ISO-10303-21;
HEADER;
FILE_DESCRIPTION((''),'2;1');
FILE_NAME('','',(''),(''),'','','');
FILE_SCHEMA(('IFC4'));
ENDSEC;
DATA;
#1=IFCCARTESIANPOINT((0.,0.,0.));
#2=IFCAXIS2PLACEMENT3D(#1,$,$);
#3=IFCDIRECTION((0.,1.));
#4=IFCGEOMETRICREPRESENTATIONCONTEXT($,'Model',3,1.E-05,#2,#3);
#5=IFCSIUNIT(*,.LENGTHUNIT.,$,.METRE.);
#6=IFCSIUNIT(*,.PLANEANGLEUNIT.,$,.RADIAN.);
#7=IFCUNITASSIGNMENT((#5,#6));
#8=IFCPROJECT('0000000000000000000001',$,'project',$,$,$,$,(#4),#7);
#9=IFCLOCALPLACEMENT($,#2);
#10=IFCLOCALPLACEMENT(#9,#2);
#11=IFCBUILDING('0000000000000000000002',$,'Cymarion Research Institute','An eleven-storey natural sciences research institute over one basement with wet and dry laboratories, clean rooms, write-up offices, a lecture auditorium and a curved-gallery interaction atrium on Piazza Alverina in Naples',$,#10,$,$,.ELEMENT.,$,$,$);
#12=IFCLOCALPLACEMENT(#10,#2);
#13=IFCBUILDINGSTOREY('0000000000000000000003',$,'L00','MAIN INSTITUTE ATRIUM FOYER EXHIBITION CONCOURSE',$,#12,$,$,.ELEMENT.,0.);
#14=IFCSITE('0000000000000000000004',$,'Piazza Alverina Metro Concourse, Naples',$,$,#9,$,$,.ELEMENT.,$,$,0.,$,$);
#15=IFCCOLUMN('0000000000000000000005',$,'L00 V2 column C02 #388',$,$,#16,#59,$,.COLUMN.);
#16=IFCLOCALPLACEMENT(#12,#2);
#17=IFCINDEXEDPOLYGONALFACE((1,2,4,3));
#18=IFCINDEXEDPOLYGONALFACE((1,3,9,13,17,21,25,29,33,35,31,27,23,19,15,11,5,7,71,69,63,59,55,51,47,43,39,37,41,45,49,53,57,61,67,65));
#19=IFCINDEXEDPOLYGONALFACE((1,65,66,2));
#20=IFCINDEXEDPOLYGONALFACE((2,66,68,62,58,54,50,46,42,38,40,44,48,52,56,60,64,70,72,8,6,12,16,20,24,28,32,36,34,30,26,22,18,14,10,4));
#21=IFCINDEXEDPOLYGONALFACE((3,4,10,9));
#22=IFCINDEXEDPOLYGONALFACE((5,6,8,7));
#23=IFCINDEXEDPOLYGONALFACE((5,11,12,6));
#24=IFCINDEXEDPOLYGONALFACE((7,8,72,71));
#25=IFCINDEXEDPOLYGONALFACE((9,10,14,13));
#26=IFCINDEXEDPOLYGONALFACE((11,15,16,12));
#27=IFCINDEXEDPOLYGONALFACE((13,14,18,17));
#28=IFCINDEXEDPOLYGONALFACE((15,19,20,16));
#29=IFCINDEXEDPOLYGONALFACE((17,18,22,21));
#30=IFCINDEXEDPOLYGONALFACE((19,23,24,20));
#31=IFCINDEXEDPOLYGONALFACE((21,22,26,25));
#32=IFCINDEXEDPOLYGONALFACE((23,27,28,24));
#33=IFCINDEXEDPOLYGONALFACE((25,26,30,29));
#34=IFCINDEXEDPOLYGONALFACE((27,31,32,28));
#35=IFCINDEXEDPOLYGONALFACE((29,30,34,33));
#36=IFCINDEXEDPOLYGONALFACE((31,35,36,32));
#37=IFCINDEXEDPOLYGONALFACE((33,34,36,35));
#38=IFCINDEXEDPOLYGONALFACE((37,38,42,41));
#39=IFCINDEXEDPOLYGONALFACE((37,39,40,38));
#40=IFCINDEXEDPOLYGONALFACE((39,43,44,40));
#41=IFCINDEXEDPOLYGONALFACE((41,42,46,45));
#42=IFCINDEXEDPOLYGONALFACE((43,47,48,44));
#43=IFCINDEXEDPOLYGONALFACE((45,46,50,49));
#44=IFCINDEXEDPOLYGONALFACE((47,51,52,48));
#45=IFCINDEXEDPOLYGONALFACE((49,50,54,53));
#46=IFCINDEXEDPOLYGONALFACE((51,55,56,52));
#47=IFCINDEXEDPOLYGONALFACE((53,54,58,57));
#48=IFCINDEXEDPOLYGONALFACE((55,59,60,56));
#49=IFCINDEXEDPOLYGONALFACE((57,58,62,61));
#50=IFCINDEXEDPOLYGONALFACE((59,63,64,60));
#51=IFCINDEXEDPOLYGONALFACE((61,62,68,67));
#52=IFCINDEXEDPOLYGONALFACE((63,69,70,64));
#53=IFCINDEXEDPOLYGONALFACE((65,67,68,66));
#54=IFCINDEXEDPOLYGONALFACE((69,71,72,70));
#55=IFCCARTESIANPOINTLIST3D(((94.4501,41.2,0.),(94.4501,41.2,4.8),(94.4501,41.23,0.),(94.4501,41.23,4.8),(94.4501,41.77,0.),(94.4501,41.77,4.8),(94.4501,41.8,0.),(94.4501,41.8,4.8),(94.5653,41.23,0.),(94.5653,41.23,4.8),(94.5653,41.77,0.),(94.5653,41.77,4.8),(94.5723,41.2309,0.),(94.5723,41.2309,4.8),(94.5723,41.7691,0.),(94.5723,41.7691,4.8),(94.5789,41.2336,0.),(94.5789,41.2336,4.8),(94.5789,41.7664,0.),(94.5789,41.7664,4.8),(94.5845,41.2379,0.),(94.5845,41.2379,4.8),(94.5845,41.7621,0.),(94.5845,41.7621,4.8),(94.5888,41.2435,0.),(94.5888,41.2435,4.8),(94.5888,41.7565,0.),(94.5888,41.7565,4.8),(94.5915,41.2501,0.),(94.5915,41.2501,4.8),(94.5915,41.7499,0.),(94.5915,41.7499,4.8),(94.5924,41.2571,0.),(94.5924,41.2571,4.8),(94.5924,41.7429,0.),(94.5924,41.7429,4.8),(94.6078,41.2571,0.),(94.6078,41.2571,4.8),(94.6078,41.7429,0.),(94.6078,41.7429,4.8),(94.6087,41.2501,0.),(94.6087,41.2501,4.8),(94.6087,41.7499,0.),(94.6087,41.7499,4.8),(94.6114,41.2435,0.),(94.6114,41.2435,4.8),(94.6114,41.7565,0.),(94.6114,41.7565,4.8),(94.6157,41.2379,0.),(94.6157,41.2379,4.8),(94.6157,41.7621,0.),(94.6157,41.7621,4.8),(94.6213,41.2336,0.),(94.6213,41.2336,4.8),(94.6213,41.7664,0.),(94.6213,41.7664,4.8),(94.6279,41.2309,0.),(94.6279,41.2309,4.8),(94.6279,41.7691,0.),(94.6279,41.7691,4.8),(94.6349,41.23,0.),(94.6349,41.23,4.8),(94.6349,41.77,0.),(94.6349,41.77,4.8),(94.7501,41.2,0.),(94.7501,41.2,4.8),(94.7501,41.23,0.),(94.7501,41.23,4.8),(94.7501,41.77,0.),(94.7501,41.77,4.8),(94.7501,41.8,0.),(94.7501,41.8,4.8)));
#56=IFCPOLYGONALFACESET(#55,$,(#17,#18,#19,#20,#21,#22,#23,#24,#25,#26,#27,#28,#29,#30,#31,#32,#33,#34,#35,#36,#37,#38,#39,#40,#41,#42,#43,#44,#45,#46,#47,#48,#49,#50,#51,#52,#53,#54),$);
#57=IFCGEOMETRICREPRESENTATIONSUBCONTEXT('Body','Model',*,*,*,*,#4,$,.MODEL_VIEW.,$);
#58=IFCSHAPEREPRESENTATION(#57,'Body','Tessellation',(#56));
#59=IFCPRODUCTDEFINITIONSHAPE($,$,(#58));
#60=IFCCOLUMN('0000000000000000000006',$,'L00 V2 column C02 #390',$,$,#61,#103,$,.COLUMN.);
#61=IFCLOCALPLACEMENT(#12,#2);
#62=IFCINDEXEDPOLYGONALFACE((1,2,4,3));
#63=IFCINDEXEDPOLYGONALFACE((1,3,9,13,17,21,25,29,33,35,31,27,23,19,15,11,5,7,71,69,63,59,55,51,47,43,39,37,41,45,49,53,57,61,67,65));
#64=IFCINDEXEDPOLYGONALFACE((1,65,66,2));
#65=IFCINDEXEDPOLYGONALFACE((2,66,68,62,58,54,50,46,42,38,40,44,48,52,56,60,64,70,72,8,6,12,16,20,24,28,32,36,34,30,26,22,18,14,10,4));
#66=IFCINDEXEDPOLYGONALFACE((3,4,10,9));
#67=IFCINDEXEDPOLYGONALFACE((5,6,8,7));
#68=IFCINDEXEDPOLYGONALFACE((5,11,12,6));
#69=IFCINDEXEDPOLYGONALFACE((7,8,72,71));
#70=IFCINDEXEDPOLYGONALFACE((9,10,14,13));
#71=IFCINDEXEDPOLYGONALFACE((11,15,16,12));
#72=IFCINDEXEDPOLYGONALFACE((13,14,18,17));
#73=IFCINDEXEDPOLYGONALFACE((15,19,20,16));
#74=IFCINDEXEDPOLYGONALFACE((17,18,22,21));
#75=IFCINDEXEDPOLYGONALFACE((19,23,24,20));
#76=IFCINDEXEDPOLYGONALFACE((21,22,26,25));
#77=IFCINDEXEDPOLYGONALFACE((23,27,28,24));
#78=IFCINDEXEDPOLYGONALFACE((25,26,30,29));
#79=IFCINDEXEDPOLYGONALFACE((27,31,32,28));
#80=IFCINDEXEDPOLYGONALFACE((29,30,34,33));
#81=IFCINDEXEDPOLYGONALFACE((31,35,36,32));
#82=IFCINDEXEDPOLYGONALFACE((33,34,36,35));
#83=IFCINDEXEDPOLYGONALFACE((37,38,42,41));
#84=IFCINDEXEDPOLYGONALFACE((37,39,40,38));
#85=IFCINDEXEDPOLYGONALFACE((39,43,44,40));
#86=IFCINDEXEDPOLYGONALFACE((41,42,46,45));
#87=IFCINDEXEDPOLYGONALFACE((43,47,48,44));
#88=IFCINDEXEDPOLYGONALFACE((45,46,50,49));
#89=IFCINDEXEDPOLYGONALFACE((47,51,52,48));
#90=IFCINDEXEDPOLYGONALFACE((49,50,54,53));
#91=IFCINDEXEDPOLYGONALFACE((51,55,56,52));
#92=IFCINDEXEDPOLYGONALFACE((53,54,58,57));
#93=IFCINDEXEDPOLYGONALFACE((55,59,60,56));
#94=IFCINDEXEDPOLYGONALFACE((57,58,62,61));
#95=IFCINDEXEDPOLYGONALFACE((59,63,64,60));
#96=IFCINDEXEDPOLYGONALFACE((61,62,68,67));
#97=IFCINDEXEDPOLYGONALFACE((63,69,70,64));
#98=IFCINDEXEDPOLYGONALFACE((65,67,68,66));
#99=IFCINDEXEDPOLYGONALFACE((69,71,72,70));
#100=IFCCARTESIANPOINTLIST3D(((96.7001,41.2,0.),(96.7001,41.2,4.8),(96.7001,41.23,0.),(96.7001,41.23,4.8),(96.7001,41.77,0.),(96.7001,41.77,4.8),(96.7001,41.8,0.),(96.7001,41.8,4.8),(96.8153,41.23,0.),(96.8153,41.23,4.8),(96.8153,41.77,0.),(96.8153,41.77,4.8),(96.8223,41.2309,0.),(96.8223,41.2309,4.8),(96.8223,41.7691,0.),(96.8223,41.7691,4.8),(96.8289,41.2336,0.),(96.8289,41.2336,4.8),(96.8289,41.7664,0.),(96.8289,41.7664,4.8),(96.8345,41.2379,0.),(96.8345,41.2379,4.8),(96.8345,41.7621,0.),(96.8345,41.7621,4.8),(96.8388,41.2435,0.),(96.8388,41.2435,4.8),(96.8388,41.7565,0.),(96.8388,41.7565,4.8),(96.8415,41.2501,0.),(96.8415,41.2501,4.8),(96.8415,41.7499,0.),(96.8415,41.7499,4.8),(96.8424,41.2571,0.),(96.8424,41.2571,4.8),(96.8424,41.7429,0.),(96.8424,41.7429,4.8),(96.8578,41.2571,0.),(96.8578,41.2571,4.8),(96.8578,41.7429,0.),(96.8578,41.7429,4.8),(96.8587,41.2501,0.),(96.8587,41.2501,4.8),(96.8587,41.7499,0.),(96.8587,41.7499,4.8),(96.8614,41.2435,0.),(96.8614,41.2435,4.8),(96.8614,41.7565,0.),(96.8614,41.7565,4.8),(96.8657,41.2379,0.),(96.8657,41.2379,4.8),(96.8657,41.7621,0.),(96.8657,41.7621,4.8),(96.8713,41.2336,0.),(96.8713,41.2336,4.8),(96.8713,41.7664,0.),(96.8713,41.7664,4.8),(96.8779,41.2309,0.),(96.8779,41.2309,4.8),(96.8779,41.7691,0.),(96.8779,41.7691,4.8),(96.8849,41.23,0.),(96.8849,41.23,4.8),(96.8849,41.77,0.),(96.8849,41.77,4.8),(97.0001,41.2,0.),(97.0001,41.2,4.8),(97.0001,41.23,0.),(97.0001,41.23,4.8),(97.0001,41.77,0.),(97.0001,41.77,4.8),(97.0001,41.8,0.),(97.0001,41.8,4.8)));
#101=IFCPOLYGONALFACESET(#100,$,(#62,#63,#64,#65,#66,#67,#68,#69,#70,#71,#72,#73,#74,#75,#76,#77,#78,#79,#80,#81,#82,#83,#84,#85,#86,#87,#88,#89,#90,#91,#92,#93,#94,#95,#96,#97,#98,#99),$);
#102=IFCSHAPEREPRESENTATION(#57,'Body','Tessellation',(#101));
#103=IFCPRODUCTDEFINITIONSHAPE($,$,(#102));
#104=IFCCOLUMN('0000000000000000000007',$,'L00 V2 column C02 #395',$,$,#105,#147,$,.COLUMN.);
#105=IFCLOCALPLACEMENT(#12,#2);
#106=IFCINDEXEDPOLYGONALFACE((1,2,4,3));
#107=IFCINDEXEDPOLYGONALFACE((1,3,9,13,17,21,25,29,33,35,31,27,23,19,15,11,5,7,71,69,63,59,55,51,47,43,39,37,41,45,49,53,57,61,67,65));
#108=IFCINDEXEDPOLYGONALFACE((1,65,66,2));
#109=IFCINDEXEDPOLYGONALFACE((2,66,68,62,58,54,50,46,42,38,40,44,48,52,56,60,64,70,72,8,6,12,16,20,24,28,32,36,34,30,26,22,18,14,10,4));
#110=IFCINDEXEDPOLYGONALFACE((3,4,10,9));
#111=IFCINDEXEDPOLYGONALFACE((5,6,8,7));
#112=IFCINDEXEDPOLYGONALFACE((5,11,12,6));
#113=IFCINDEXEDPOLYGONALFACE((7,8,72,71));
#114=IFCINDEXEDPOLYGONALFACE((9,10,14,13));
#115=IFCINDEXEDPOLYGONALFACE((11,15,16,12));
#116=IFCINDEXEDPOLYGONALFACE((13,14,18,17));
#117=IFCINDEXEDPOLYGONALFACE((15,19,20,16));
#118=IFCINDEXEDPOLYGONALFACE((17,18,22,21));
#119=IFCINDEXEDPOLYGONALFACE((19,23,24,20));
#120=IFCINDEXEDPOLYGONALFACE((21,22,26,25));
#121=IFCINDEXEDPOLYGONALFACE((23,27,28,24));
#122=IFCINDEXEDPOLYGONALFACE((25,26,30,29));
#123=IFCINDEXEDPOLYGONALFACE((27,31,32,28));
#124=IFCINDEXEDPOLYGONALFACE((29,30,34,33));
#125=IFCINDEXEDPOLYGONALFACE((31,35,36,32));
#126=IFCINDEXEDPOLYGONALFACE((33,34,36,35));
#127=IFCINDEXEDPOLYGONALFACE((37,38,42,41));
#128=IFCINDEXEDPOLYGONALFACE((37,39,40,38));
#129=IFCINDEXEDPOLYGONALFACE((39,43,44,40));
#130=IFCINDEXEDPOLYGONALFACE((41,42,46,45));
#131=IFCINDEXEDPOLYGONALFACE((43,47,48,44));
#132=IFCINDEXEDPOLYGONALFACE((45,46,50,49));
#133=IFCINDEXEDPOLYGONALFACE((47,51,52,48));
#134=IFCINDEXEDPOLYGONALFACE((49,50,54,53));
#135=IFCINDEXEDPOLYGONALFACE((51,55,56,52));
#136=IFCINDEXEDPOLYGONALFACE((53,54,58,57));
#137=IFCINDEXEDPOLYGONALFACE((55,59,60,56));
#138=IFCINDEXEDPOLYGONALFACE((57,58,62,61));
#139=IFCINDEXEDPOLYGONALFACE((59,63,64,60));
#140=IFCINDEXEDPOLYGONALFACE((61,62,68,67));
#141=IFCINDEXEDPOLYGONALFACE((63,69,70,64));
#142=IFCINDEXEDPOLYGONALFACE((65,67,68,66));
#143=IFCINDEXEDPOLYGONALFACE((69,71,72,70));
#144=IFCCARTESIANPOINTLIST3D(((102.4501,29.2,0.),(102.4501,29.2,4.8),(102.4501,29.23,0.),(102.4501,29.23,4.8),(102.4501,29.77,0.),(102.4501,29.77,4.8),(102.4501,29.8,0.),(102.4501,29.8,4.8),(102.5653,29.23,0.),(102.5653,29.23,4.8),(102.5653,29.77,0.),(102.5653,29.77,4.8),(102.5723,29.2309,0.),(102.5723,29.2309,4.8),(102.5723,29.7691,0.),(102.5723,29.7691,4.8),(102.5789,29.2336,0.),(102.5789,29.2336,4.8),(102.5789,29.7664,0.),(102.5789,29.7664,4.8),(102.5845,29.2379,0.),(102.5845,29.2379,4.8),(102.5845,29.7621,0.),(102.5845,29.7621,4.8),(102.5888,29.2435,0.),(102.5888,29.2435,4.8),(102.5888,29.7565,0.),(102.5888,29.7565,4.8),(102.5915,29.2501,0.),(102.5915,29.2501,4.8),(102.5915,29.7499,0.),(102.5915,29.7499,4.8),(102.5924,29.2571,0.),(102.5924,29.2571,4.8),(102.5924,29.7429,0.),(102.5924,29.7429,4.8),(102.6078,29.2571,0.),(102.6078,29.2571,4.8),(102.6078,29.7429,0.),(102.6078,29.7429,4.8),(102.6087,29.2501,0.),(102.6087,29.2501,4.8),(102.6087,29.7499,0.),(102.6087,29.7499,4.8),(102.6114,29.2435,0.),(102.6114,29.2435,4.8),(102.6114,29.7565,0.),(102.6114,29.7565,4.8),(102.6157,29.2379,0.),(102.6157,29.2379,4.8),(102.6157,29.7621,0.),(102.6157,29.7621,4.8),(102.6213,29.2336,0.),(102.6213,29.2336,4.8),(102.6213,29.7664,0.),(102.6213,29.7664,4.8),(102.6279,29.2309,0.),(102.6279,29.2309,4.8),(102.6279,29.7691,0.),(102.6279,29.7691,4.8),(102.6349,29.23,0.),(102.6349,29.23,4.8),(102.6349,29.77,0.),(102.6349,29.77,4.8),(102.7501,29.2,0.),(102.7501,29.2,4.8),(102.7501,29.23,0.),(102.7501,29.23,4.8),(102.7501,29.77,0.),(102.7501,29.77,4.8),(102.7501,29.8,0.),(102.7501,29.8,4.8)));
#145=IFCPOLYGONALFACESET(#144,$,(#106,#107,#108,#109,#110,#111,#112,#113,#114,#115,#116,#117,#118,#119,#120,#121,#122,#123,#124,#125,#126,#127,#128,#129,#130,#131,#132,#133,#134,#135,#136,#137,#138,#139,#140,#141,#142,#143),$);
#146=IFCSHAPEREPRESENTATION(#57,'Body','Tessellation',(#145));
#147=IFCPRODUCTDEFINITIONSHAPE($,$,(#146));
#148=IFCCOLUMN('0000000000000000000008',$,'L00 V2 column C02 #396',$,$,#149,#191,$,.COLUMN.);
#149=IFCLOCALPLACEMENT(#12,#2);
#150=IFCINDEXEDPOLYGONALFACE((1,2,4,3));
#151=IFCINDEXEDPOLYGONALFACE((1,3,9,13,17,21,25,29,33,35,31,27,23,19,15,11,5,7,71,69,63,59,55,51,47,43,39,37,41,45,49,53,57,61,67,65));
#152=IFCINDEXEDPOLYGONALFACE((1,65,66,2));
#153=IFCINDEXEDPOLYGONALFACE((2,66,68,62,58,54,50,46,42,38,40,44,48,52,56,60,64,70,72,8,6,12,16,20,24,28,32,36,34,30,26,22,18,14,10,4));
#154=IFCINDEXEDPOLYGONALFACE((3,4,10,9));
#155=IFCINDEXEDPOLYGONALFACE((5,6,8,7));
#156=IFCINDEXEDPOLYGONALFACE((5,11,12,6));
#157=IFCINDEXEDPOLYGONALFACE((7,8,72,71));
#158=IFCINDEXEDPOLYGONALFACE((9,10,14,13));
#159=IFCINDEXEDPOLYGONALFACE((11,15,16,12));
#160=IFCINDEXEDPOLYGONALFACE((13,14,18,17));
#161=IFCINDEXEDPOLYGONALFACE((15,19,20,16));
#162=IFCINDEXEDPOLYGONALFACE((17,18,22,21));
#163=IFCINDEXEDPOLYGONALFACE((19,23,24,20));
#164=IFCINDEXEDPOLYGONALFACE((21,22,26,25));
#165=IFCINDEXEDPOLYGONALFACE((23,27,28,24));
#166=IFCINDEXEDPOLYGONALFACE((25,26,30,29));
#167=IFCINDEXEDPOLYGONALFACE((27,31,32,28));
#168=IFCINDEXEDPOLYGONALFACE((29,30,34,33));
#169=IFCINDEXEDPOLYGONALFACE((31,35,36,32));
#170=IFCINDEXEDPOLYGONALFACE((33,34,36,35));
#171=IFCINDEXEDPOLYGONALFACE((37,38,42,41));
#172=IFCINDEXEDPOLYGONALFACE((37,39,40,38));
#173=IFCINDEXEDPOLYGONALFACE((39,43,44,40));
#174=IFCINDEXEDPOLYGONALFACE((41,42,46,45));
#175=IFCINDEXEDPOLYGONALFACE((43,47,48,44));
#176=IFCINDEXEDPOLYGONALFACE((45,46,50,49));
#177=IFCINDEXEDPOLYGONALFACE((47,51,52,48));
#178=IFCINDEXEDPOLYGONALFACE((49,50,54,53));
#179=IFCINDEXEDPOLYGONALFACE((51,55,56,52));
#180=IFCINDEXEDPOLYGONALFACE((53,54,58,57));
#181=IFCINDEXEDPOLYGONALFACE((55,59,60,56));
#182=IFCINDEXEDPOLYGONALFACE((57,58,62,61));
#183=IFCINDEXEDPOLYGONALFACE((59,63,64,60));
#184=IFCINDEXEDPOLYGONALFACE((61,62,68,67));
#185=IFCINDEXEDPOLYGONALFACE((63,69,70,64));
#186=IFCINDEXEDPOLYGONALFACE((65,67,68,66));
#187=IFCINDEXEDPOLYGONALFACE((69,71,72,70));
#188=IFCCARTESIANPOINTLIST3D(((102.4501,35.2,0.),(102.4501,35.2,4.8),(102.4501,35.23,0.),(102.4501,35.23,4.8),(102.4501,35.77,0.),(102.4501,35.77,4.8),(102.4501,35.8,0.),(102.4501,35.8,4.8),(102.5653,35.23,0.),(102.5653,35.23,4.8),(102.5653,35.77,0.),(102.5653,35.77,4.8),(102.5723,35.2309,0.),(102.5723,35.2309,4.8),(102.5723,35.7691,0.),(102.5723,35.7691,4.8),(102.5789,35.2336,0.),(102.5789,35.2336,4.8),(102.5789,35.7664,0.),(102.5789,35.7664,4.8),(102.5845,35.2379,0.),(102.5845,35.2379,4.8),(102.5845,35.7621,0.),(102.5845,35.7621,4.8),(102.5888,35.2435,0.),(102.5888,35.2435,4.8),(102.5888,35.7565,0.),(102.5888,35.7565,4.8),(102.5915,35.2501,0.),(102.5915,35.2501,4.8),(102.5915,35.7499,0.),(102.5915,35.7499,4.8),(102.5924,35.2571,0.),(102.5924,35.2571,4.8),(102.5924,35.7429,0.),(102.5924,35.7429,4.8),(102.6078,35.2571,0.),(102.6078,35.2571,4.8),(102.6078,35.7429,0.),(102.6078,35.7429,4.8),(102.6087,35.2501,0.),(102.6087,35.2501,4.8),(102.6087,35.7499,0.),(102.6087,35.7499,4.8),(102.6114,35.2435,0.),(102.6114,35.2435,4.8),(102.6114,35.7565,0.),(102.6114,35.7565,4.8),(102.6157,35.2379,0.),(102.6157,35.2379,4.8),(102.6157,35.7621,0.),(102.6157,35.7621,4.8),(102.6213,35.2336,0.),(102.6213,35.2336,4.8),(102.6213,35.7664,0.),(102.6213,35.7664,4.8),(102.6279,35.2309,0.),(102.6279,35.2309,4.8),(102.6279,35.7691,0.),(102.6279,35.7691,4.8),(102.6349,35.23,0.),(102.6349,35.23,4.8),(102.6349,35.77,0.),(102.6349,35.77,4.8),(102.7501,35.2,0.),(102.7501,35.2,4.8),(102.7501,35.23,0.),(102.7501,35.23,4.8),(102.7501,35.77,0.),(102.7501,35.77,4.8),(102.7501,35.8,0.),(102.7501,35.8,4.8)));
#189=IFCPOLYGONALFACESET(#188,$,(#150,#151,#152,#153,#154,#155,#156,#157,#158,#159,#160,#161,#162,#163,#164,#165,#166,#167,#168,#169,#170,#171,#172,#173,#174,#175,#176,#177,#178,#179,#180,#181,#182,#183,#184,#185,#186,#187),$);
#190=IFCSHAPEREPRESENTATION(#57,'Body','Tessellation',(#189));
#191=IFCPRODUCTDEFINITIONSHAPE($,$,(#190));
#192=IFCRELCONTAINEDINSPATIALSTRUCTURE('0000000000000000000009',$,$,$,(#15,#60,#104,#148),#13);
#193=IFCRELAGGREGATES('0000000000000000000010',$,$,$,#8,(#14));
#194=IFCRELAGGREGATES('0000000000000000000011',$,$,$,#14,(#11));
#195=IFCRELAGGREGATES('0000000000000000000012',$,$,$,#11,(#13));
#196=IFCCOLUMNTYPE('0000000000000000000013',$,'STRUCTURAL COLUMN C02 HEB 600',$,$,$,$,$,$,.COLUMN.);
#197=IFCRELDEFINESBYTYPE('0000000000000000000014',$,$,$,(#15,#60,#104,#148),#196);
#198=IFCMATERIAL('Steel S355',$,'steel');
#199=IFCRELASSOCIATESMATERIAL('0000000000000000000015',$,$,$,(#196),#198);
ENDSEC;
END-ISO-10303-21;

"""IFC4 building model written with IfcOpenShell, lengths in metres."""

from ifc_helpers import new_model, si_unit, direction, frame, origin, origin_2d, place, context, subcontext, project, spatial, i_section, extrude, material, material_profile, profile_set, type_object, element, save


model = new_model("IFC4")

# Units and contexts
model_context = context("Model", 3, precision=1e-05, world=origin(), true_north=direction((0.0, 1.0)))
body_context = subcontext(model_context, "Body", "Model", "MODEL_VIEW")
ifc_project = project(units=[si_unit("LENGTHUNIT", "METRE"), si_unit("PLANEANGLEUNIT", "RADIAN")], contexts=[model_context])

# Site, building, storey
site_placement = place(None, origin())
site = spatial("IfcSite", under=ifc_project, at=site_placement, Name="Piazza Alverina Metro Concourse, Naples", CompositionType="ELEMENT", RefElevation=0.0)
building_placement = place(site_placement, origin())
building = spatial("IfcBuilding", under=site, at=building_placement, Name="Cymarion Research Institute", Description="An eleven-storey natural sciences research institute over one basement with wet and dry laboratories, clean rooms, write-up offices, a lecture auditorium and a curved-gallery interaction atrium on Piazza Alverina in Naples", CompositionType="ELEMENT")
storey_placement = place(building_placement, origin())
storey = spatial("IfcBuildingStorey", under=building, at=storey_placement, Name="L00", Description="MAIN INSTITUTE ATRIUM FOYER EXHIBITION CONCOURSE", CompositionType="ELEMENT", Elevation=0.0)

# Columns
ifc_material_1 = material(Name="Steel S355", Category="steel")
ifc_material_profile_1 = material_profile(ifc_material_1, i_section(OverallWidth=0.3, OverallDepth=0.6001, WebThickness=0.0154, FlangeThickness=0.03, FilletRadius=0.0271, at=origin_2d()), Name="HEB 600")
ifc_profile_set_1 = profile_set([ifc_material_profile_1], Name="Steel S355")
column_type_1 = type_object("IfcColumnType", Name="STRUCTURAL COLUMN C02 HEB 600", PredefinedType="COLUMN", material=ifc_profile_set_1)
for number, where, z_axis, x_axis, name in (
    (1, (94.6001, 41.5, 0.0), (0.0, 0.0, 1.0), (1.0, 0.0, 0.0), "L00 V2 column C02 #388"),
    (2, (96.8501, 41.5, 0.0), (0.0, 0.0, 1.0), (1.0, 0.0, 0.0), "L00 V2 column C02 #390"),
    (3, (102.6001, 29.5, 0.0), (0.0, 0.0, 1.0), (1.0, 0.0, 0.0), "L00 V2 column C02 #395"),
    (4, (102.6001, 35.5, 0.0), (0.0, 0.0, 1.0), (1.0, 0.0, 0.0), "L00 V2 column C02 #396"),
):
    element("IfcColumn", number, at=place(storey_placement, frame(where, z_axis=z_axis, x_axis=x_axis)), inside=storey, type_object=column_type_1, Name=name, PredefinedType="COLUMN", context=body_context, shape_type="SweptSolid", body=[
        extrude(i_section(OverallWidth=0.3, OverallDepth=0.6001, WebThickness=0.0154, FlangeThickness=0.03, FilletRadius=0.0271, at=origin_2d()), origin(), (0.0, 0.0, 1.0), 4.8),
    ])

save(model, "model.ifc")
